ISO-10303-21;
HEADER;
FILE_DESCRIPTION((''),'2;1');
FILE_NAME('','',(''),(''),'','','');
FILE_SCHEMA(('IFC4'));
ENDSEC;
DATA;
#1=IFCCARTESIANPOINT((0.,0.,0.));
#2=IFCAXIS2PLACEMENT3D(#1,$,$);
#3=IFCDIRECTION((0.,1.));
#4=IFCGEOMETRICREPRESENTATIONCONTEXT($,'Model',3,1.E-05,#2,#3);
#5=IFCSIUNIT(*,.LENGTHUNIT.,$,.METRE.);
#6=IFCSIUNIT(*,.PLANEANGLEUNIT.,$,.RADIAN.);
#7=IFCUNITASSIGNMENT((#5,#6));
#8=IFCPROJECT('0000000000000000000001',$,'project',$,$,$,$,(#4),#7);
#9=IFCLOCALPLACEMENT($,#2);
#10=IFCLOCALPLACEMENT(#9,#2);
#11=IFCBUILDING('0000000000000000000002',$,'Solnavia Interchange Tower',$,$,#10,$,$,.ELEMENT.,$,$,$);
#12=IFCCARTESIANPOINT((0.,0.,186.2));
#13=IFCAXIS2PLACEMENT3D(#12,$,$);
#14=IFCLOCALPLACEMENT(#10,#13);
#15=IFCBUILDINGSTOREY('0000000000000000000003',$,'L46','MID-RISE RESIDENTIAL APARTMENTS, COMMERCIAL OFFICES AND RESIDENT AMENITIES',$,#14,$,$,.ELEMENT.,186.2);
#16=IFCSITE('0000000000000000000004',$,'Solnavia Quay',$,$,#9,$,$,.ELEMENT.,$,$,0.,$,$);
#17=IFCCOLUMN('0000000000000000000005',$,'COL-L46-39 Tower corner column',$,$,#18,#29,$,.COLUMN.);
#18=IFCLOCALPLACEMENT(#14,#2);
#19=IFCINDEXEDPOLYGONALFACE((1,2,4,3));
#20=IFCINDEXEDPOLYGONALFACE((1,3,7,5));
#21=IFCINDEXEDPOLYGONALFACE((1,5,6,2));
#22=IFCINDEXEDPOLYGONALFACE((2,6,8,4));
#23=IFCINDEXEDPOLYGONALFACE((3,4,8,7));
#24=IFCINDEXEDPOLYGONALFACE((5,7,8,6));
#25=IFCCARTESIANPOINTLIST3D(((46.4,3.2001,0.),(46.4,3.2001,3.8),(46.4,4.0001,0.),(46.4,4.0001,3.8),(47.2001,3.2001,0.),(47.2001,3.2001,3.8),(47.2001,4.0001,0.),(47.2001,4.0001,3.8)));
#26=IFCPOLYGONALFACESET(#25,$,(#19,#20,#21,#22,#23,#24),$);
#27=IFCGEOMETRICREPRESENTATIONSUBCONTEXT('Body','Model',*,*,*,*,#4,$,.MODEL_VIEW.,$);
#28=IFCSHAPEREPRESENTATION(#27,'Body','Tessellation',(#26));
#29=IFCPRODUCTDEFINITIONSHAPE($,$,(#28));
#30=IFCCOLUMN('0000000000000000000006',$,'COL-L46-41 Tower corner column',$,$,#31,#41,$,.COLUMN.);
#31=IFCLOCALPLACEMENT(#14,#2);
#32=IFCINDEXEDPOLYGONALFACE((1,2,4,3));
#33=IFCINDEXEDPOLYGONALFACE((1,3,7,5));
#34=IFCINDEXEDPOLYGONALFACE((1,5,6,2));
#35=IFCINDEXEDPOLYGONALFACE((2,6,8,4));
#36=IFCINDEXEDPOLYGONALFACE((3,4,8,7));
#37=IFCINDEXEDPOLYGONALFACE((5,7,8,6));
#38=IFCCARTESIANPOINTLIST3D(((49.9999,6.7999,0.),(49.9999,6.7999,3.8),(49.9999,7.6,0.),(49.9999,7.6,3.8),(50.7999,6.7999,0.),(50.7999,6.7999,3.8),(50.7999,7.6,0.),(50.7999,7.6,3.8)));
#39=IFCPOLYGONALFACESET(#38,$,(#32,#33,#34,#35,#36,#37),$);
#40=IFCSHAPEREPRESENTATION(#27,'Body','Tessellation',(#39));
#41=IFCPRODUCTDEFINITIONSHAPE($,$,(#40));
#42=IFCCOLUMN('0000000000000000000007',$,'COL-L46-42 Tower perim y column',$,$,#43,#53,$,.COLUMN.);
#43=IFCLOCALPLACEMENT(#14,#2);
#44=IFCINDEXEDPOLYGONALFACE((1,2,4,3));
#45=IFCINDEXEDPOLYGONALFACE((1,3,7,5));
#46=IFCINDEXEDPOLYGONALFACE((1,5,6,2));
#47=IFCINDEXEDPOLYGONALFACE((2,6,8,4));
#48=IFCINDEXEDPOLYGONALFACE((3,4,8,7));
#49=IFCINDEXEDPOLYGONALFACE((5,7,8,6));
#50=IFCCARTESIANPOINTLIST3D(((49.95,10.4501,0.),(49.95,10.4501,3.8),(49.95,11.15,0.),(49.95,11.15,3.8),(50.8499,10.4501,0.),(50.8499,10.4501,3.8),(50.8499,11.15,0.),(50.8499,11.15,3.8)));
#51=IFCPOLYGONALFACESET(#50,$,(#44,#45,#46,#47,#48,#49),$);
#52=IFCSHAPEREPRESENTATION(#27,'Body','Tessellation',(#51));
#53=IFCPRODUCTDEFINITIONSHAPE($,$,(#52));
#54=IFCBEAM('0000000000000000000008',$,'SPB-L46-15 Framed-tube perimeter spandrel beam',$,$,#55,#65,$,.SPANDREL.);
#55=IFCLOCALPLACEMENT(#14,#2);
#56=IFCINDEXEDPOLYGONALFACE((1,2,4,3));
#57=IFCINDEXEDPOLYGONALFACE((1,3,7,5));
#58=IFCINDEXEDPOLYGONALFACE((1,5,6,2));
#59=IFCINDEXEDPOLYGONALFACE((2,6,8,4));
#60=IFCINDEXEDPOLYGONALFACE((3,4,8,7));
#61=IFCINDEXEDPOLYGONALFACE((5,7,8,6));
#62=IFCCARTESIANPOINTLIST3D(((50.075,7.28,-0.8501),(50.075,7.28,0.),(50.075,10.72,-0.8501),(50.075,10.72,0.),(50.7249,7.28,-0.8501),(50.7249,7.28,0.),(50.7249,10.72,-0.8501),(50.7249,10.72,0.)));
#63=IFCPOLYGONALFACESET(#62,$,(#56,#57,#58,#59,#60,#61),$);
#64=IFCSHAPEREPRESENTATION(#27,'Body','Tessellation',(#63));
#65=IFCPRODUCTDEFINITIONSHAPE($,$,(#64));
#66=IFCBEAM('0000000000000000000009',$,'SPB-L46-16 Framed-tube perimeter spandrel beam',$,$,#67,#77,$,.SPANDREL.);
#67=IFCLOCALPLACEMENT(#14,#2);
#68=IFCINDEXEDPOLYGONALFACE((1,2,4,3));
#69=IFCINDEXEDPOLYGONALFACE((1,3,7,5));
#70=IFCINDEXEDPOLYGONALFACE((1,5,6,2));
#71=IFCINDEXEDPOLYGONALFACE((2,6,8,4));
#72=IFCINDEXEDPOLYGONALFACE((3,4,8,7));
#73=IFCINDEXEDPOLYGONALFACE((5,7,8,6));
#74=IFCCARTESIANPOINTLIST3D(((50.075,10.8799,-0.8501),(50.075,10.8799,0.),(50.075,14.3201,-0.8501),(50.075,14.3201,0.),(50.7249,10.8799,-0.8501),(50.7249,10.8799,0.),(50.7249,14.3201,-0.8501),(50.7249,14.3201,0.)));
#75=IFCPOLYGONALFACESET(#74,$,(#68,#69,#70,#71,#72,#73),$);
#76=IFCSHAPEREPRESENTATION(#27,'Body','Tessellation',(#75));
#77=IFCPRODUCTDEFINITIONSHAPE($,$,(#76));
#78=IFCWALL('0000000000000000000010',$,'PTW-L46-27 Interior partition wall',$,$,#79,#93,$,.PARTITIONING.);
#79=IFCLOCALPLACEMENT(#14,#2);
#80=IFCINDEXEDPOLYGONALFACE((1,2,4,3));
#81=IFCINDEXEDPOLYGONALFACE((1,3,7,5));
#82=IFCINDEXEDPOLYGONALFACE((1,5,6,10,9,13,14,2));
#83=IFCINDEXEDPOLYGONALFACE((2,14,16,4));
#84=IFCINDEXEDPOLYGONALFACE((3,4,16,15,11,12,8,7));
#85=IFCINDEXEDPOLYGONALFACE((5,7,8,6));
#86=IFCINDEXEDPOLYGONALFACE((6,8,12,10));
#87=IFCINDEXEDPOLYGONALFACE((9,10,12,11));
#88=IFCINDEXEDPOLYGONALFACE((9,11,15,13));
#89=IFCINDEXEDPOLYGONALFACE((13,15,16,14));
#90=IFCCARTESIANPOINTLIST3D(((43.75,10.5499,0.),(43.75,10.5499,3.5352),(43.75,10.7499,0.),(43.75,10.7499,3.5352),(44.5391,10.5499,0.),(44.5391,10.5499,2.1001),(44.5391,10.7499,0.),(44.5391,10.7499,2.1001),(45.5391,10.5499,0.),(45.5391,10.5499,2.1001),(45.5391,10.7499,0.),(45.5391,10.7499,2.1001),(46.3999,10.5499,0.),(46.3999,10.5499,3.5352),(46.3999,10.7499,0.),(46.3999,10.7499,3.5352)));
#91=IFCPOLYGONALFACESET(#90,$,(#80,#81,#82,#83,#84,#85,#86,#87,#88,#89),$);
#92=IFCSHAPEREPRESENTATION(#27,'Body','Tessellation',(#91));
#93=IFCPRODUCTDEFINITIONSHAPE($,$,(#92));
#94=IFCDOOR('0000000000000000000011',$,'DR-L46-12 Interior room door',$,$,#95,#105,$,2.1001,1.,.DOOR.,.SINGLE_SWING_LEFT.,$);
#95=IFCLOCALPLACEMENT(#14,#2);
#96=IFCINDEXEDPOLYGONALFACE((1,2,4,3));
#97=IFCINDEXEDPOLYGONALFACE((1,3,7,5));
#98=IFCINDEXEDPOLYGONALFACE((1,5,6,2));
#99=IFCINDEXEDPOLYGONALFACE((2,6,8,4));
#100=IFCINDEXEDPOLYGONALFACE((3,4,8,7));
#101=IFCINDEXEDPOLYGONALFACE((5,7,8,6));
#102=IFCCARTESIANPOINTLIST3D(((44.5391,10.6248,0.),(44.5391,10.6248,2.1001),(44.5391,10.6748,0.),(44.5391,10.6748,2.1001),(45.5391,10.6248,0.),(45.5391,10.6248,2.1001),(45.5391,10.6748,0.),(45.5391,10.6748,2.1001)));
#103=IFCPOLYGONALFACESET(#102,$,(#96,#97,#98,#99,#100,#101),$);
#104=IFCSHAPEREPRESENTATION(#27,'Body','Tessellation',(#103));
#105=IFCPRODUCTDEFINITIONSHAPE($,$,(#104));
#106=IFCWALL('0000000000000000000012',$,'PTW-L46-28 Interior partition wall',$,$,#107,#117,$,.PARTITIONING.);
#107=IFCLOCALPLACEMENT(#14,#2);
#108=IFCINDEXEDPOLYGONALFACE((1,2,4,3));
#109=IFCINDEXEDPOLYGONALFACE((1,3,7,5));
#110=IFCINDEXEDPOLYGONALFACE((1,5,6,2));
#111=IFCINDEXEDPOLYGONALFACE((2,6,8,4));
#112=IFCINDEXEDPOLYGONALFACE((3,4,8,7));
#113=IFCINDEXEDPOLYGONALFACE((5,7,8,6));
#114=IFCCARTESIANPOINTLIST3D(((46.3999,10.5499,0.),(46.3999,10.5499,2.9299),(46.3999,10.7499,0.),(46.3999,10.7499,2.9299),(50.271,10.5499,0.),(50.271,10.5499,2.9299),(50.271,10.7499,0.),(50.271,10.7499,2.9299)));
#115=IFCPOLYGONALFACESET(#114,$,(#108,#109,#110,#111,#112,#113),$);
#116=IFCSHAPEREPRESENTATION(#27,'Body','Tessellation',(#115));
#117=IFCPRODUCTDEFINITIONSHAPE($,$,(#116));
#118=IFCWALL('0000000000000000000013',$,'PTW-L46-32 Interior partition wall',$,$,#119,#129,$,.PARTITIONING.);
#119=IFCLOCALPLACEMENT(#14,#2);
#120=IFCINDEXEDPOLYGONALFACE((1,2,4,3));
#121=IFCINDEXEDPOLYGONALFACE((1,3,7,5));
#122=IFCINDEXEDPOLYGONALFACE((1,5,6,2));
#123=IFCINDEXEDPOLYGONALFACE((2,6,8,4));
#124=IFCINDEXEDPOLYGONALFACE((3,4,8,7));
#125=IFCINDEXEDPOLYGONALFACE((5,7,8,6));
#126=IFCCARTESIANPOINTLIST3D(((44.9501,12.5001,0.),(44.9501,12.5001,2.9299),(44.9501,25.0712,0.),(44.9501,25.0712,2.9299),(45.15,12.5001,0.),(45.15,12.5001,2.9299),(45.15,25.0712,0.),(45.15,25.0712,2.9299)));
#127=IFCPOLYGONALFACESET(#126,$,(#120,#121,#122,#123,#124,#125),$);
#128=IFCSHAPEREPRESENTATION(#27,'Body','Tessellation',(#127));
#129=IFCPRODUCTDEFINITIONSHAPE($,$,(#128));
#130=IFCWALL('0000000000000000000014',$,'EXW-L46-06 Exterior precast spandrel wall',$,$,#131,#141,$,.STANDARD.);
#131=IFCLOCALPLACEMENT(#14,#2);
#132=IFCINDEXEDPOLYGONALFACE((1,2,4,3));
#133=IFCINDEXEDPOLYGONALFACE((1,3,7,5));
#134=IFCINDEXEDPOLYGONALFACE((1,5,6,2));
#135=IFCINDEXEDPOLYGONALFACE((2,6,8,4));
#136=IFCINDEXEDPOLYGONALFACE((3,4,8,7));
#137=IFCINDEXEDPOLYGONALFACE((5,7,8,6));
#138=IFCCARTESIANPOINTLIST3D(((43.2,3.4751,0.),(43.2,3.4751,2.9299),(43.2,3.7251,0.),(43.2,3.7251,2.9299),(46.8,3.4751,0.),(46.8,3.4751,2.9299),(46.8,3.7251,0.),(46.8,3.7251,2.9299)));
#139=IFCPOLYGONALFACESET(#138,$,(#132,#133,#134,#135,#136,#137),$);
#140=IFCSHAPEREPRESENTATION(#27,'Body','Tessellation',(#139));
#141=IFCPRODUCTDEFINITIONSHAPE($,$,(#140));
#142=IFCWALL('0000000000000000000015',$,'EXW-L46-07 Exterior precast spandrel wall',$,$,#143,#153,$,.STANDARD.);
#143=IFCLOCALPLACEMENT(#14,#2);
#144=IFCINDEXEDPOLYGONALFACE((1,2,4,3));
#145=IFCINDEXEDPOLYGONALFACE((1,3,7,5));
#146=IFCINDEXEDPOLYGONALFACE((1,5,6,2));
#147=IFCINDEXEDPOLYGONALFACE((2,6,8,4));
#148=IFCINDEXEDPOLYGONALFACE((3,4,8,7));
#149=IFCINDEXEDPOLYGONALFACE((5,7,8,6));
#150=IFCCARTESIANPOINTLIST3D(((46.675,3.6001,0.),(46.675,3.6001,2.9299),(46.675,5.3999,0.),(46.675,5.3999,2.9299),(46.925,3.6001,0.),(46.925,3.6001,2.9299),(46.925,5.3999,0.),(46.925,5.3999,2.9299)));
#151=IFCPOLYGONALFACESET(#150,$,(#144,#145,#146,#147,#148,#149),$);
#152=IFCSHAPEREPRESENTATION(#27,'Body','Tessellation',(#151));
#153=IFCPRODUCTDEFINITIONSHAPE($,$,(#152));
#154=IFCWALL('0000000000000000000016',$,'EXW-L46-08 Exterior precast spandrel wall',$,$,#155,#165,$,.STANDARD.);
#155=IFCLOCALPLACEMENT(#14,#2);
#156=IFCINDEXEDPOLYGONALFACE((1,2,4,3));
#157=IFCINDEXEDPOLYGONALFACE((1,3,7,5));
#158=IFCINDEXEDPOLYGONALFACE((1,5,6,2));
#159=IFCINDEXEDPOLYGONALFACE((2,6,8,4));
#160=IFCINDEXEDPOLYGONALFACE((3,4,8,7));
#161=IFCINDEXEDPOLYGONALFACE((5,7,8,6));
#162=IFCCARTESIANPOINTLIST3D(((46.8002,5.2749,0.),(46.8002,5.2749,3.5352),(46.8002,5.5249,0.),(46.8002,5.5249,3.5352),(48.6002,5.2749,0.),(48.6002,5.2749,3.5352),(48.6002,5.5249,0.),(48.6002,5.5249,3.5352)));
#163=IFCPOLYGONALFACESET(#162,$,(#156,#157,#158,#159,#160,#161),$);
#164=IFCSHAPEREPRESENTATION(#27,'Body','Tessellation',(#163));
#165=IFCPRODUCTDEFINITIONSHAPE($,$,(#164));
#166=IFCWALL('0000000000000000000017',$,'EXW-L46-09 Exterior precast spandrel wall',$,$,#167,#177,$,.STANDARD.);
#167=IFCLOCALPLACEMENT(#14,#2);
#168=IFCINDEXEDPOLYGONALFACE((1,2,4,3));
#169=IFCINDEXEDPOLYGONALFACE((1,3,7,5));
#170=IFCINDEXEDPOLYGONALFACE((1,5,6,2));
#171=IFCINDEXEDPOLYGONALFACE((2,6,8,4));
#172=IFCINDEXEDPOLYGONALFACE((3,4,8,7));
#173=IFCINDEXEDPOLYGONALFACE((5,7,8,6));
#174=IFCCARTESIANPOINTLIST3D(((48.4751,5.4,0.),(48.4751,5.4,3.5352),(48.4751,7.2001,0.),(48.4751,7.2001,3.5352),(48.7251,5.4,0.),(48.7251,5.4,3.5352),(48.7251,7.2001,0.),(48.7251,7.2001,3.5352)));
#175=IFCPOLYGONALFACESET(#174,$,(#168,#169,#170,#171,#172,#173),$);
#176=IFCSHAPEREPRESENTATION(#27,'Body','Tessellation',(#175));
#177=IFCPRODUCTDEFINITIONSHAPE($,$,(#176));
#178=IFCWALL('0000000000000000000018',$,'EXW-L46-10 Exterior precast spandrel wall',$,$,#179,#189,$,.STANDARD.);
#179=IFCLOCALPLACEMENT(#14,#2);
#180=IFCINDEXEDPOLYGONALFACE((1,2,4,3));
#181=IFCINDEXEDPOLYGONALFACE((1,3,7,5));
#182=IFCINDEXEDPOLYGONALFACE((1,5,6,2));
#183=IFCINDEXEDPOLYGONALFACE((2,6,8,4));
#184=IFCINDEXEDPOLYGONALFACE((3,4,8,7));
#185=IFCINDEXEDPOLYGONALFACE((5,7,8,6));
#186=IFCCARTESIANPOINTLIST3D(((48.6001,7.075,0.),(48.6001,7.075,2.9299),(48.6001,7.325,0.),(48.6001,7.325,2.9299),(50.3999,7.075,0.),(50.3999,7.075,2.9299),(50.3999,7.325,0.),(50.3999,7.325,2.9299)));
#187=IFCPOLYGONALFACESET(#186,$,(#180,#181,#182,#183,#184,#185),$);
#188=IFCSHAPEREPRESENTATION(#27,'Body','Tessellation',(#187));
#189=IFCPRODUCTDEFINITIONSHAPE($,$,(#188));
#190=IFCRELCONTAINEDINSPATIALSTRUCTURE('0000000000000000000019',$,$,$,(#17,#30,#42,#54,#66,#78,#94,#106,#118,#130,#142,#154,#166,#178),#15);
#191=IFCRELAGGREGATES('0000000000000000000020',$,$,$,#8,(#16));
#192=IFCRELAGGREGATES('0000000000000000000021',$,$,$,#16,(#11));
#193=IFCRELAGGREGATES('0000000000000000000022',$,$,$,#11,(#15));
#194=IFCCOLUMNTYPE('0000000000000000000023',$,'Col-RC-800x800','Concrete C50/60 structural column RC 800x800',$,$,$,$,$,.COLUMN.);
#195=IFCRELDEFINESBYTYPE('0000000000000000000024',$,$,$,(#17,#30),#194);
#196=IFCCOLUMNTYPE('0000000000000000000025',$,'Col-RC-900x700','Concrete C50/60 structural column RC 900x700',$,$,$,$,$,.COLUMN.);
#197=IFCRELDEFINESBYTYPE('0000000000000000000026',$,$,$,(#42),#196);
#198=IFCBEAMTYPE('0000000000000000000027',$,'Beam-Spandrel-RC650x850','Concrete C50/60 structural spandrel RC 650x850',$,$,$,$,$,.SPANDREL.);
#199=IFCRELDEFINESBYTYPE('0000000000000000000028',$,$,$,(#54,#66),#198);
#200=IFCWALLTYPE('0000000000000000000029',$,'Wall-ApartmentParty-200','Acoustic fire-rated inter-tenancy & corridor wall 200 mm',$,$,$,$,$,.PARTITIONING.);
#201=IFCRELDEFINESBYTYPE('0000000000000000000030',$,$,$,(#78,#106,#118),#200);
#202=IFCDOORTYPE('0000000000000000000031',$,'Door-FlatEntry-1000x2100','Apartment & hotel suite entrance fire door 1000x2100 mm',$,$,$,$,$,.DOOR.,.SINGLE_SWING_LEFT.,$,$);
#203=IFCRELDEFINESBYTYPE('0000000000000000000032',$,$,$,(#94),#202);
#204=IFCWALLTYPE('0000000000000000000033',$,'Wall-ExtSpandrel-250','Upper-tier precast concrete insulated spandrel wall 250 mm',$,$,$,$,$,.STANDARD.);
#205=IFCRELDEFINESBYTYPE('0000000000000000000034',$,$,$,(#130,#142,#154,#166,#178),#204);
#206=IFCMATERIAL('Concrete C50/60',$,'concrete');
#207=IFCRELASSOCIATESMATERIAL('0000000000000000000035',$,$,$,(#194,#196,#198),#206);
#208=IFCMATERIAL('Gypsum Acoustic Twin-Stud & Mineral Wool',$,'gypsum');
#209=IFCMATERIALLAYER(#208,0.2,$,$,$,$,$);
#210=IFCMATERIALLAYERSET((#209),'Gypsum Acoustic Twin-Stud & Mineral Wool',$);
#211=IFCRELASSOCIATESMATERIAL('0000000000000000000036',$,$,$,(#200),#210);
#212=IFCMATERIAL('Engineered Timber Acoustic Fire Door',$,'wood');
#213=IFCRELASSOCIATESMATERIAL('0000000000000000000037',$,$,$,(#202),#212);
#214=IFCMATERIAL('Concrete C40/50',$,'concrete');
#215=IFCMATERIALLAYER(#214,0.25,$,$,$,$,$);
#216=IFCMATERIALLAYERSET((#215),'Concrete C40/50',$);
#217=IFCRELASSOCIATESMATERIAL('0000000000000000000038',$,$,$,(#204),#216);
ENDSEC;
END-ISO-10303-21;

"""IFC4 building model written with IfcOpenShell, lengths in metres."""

from ifc_helpers import new_model, si_unit, direction, frame, frame_2d, origin, origin_2d, place, context, subcontext, project, spatial, rectangle, extrude, material, layer, layer_set, material_profile, profile_set, type_object, element, fill, save


model = new_model("IFC4")

# Units and contexts
model_context = context("Model", 3, precision=1e-05, world=origin(), true_north=direction((0.0, 1.0)))
body_context = subcontext(model_context, "Body", "Model", "MODEL_VIEW")
ifc_project = project(units=[si_unit("LENGTHUNIT", "METRE"), si_unit("PLANEANGLEUNIT", "RADIAN")], contexts=[model_context])

# Site, building, storey
site_placement = place(None, origin())
site = spatial("IfcSite", under=ifc_project, at=site_placement, Name="Solnavia Quay", CompositionType="ELEMENT", RefElevation=0.0)
building_placement = place(site_placement, origin())
building = spatial("IfcBuilding", under=site, at=building_placement, Name="Solnavia Interchange Tower", CompositionType="ELEMENT")
storey_placement = place(building_placement, frame((0.0, 0.0, 186.2)))
storey = spatial("IfcBuildingStorey", under=building, at=storey_placement, Name="L46", Description="MID-RISE RESIDENTIAL APARTMENTS, COMMERCIAL OFFICES AND RESIDENT AMENITIES", CompositionType="ELEMENT", Elevation=186.2)

# Columns
ifc_material_1 = material(Name="Concrete C50/60", Category="concrete")
ifc_material_profile_1 = material_profile(ifc_material_1, rectangle(XDim=0.8, YDim=0.8, at=origin_2d()), Name="RC 800x800")
ifc_profile_set_1 = profile_set([ifc_material_profile_1], Name="Concrete C50/60")
column_type_1 = type_object("IfcColumnType", Name="Col-RC-800x800", Description="Concrete C50/60 structural column RC 800x800", PredefinedType="COLUMN", material=ifc_profile_set_1)
for number, where, z_axis, x_axis, name in (
    (1, (46.8, 3.6001, 0.0), (0.0, 0.0, 1.0), (1.0, 0.0, 0.0), "COL-L46-39 Tower corner column"),
    (2, (50.3999, 7.2, 0.0), (0.0, 0.0, 1.0), (1.0, 0.0, 0.0), "COL-L46-41 Tower corner column"),
):
    element("IfcColumn", number, at=place(storey_placement, frame(where, z_axis=z_axis, x_axis=x_axis)), inside=storey, type_object=column_type_1, Name=name, PredefinedType="COLUMN", context=body_context, shape_type="SweptSolid", body=[
        extrude(rectangle(XDim=0.8, YDim=0.8, at=origin_2d()), origin(), (0.0, 0.0, 1.0), 3.8),
    ])
ifc_material_profile_2 = material_profile(ifc_material_1, rectangle(XDim=0.7, YDim=0.8999, at=origin_2d()), Name="RC 900x700")
ifc_profile_set_2 = profile_set([ifc_material_profile_2], Name="Concrete C50/60")
column_type_2 = type_object("IfcColumnType", Name="Col-RC-900x700", Description="Concrete C50/60 structural column RC 900x700", PredefinedType="COLUMN", material=ifc_profile_set_2)
column_placement = place(storey_placement, frame((50.3999, 10.8, 0.0), z_axis=(0.0, 0.0, 1.0), x_axis=(0.0, 1.0, 0.0)))
element("IfcColumn", 3, at=column_placement, inside=storey, type_object=column_type_2, Name="COL-L46-42 Tower perim y column", PredefinedType="COLUMN", context=body_context, shape_type="SweptSolid", body=[
    extrude(rectangle(XDim=0.7, YDim=0.8999, at=origin_2d()), origin(), (0.0, 0.0, 1.0), 3.8),
])

# Beams
ifc_material_profile_3 = material_profile(ifc_material_1, rectangle(XDim=0.6499, YDim=0.8501, at=origin_2d()), Name="RC 650x850")
ifc_profile_set_3 = profile_set([ifc_material_profile_3], Name="Concrete C50/60")
beam_type = type_object("IfcBeamType", Name="Beam-Spandrel-RC650x850", Description="Concrete C50/60 structural spandrel RC 650x850", PredefinedType="SPANDREL", material=ifc_profile_set_3)
beam_1_placement = place(storey_placement, frame((50.3999, 7.28, -0.425), z_axis=(0.0, 1.0, 0.0), x_axis=(-1.0, 0.0, 0.0)))
element("IfcBeam", 4, at=beam_1_placement, inside=storey, type_object=beam_type, Name="SPB-L46-15 Framed-tube perimeter spandrel beam", PredefinedType="SPANDREL", context=body_context, shape_type="SweptSolid", body=[
    extrude(rectangle(XDim=0.6499, YDim=0.8501, at=origin_2d()), origin(), (0.0, 0.0, 1.0), 3.4399),
])
beam_2_placement = place(storey_placement, frame((50.3999, 10.8799, -0.425), z_axis=(0.0, 1.0, 0.0), x_axis=(-1.0, 0.0, 0.0)))
element("IfcBeam", 5, at=beam_2_placement, inside=storey, type_object=beam_type, Name="SPB-L46-16 Framed-tube perimeter spandrel beam", PredefinedType="SPANDREL", context=body_context, shape_type="SweptSolid", body=[
    extrude(rectangle(XDim=0.6499, YDim=0.8501, at=origin_2d()), origin(), (0.0, 0.0, 1.0), 3.4402),
])

# Wall, opening, door
ifc_material_2 = material(Name="Gypsum Acoustic Twin-Stud & Mineral Wool", Category="gypsum")
ifc_layer_1 = layer(ifc_material_2, 0.2)
ifc_layer_set_1 = layer_set([ifc_layer_1], Name="Gypsum Acoustic Twin-Stud & Mineral Wool")
wall_type_1 = type_object("IfcWallType", Name="Wall-ApartmentParty-200", Description="Acoustic fire-rated inter-tenancy & corridor wall 200 mm", PredefinedType="PARTITIONING", material=ifc_layer_set_1)
wall_1_placement = place(storey_placement, frame((43.75, 10.6499, 0.0), z_axis=(0.0, 0.0, 1.0), x_axis=(1.0, 0.0, 0.0)))
wall_1 = element("IfcWall", 6, at=wall_1_placement, inside=storey, type_object=wall_type_1, Name="PTW-L46-27 Interior partition wall", PredefinedType="PARTITIONING", context=body_context, shape_type="SweptSolid", body=[
    extrude(rectangle(XDim=2.6499, YDim=0.2, at=frame_2d((1.325, 0.0))), origin(), (0.0, 0.0, 1.0), 3.5352),
])
opening_1_placement = place(wall_1_placement, frame((0.7891, 0.0, 0.0)))
opening_1 = element("IfcOpeningElement", 7, at=opening_1_placement, cuts=wall_1, PredefinedType="OPENING", context=body_context, shape_type="SweptSolid", body=[
    extrude(rectangle(XDim=1.0, YDim=2.1001, at=frame_2d((0.5, 1.05))), frame((0.0, 0.1099, 0.0), z_axis=(0.0, -1.0, 0.0), x_axis=(1.0, 0.0, 0.0)), (0.0, 0.0, 1.0), 0.22),
])
ifc_material_3 = material(Name="Engineered Timber Acoustic Fire Door", Category="wood")
door_type_1 = type_object("IfcDoorType", Name="Door-FlatEntry-1000x2100", Description="Apartment & hotel suite entrance fire door 1000x2100 mm", OperationType="SINGLE_SWING_LEFT", PredefinedType="DOOR", material=ifc_material_3)
door_1_placement = place(opening_1_placement, origin())
door_1 = element("IfcDoor", 8, at=door_1_placement, inside=storey, type_object=door_type_1, Name="DR-L46-12 Interior room door", OperationType="SINGLE_SWING_LEFT", OverallHeight=2.1001, OverallWidth=1.0, PredefinedType="DOOR", context=body_context, shape_type="SweptSolid", body=[
    extrude(rectangle(XDim=1.0, YDim=2.1001, at=frame_2d((0.5, 1.05))), frame((0.0, 0.0249, 0.0), z_axis=(0.0, -1.0, 0.0), x_axis=(1.0, 0.0, 0.0)), (0.0, 0.0, 1.0), 0.05),
])
fill(opening_1, door_1)

# Walls
wall_2_placement = place(storey_placement, frame((46.3999, 10.6499, 0.0), z_axis=(0.0, 0.0, 1.0), x_axis=(1.0, 0.0, 0.0)))
element("IfcWall", 9, at=wall_2_placement, inside=storey, type_object=wall_type_1, Name="PTW-L46-28 Interior partition wall", PredefinedType="PARTITIONING", context=body_context, shape_type="SweptSolid", body=[
    extrude(rectangle(XDim=3.8711, YDim=0.2, at=frame_2d((1.9355, 0.0))), origin(), (0.0, 0.0, 1.0), 2.9299),
])
wall_3_placement = place(storey_placement, frame((45.05, 12.5, 0.0), z_axis=(0.0, 0.0, 1.0), x_axis=(0.0, 1.0, 0.0)))
element("IfcWall", 10, at=wall_3_placement, inside=storey, type_object=wall_type_1, Name="PTW-L46-32 Interior partition wall", PredefinedType="PARTITIONING", context=body_context, shape_type="SweptSolid", body=[
    extrude(rectangle(XDim=12.571, YDim=0.2, at=frame_2d((6.2856, 0.0))), origin(), (0.0, 0.0, 1.0), 2.9299),
])
ifc_material_4 = material(Name="Concrete C40/50", Category="concrete")
ifc_layer_2 = layer(ifc_material_4, 0.25)
ifc_layer_set_2 = layer_set([ifc_layer_2], Name="Concrete C40/50")
wall_type_2 = type_object("IfcWallType", Name="Wall-ExtSpandrel-250", Description="Upper-tier precast concrete insulated spandrel wall 250 mm", PredefinedType="STANDARD", material=ifc_layer_set_2)
wall_4_placement = place(storey_placement, frame((46.8, 3.6001, 0.0), z_axis=(0.0, 0.0, 1.0), x_axis=(-1.0, 0.0, 0.0)))
element("IfcWall", 11, at=wall_4_placement, inside=storey, type_object=wall_type_2, Name="EXW-L46-06 Exterior precast spandrel wall", PredefinedType="STANDARD", context=body_context, shape_type="SweptSolid", body=[
    extrude(rectangle(XDim=3.6001, YDim=0.25, at=frame_2d((1.8, 0.0))), origin(), (0.0, 0.0, 1.0), 2.9299),
])
wall_5_placement = place(storey_placement, frame((46.8, 5.3999, 0.0), z_axis=(0.0, 0.0, 1.0), x_axis=(0.0, -1.0, 0.0)))
element("IfcWall", 12, at=wall_5_placement, inside=storey, type_object=wall_type_2, Name="EXW-L46-07 Exterior precast spandrel wall", PredefinedType="STANDARD", context=body_context, shape_type="SweptSolid", body=[
    extrude(rectangle(XDim=1.7998, YDim=0.25, at=frame_2d((0.8999, 0.0))), origin(), (0.0, 0.0, 1.0), 2.9299),
])
for number, where, z_axis, x_axis, name in (
    (13, (48.6001, 5.3999, 0.0), (0.0, 0.0, 1.0), (-1.0, 0.0, 0.0), "EXW-L46-08 Exterior precast spandrel wall"),
    (14, (48.6001, 7.2, 0.0), (0.0, 0.0, 1.0), (0.0, -1.0, 0.0), "EXW-L46-09 Exterior precast spandrel wall"),
):
    element("IfcWall", number, at=place(storey_placement, frame(where, z_axis=z_axis, x_axis=x_axis)), inside=storey, type_object=wall_type_2, Name=name, PredefinedType="STANDARD", context=body_context, shape_type="SweptSolid", body=[
        extrude(rectangle(XDim=1.8, YDim=0.25, at=frame_2d((0.8999, 0.0))), origin(), (0.0, 0.0, 1.0), 3.5352),
    ])
wall_6_placement = place(storey_placement, frame((50.3999, 7.2, 0.0), z_axis=(0.0, 0.0, 1.0), x_axis=(-1.0, 0.0, 0.0)))
element("IfcWall", 15, at=wall_6_placement, inside=storey, type_object=wall_type_2, Name="EXW-L46-10 Exterior precast spandrel wall", PredefinedType="STANDARD", context=body_context, shape_type="SweptSolid", body=[
    extrude(rectangle(XDim=1.7998, YDim=0.25, at=frame_2d((0.8999, 0.0))), origin(), (0.0, 0.0, 1.0), 2.9299),
])

save(model, "model.ifc")
